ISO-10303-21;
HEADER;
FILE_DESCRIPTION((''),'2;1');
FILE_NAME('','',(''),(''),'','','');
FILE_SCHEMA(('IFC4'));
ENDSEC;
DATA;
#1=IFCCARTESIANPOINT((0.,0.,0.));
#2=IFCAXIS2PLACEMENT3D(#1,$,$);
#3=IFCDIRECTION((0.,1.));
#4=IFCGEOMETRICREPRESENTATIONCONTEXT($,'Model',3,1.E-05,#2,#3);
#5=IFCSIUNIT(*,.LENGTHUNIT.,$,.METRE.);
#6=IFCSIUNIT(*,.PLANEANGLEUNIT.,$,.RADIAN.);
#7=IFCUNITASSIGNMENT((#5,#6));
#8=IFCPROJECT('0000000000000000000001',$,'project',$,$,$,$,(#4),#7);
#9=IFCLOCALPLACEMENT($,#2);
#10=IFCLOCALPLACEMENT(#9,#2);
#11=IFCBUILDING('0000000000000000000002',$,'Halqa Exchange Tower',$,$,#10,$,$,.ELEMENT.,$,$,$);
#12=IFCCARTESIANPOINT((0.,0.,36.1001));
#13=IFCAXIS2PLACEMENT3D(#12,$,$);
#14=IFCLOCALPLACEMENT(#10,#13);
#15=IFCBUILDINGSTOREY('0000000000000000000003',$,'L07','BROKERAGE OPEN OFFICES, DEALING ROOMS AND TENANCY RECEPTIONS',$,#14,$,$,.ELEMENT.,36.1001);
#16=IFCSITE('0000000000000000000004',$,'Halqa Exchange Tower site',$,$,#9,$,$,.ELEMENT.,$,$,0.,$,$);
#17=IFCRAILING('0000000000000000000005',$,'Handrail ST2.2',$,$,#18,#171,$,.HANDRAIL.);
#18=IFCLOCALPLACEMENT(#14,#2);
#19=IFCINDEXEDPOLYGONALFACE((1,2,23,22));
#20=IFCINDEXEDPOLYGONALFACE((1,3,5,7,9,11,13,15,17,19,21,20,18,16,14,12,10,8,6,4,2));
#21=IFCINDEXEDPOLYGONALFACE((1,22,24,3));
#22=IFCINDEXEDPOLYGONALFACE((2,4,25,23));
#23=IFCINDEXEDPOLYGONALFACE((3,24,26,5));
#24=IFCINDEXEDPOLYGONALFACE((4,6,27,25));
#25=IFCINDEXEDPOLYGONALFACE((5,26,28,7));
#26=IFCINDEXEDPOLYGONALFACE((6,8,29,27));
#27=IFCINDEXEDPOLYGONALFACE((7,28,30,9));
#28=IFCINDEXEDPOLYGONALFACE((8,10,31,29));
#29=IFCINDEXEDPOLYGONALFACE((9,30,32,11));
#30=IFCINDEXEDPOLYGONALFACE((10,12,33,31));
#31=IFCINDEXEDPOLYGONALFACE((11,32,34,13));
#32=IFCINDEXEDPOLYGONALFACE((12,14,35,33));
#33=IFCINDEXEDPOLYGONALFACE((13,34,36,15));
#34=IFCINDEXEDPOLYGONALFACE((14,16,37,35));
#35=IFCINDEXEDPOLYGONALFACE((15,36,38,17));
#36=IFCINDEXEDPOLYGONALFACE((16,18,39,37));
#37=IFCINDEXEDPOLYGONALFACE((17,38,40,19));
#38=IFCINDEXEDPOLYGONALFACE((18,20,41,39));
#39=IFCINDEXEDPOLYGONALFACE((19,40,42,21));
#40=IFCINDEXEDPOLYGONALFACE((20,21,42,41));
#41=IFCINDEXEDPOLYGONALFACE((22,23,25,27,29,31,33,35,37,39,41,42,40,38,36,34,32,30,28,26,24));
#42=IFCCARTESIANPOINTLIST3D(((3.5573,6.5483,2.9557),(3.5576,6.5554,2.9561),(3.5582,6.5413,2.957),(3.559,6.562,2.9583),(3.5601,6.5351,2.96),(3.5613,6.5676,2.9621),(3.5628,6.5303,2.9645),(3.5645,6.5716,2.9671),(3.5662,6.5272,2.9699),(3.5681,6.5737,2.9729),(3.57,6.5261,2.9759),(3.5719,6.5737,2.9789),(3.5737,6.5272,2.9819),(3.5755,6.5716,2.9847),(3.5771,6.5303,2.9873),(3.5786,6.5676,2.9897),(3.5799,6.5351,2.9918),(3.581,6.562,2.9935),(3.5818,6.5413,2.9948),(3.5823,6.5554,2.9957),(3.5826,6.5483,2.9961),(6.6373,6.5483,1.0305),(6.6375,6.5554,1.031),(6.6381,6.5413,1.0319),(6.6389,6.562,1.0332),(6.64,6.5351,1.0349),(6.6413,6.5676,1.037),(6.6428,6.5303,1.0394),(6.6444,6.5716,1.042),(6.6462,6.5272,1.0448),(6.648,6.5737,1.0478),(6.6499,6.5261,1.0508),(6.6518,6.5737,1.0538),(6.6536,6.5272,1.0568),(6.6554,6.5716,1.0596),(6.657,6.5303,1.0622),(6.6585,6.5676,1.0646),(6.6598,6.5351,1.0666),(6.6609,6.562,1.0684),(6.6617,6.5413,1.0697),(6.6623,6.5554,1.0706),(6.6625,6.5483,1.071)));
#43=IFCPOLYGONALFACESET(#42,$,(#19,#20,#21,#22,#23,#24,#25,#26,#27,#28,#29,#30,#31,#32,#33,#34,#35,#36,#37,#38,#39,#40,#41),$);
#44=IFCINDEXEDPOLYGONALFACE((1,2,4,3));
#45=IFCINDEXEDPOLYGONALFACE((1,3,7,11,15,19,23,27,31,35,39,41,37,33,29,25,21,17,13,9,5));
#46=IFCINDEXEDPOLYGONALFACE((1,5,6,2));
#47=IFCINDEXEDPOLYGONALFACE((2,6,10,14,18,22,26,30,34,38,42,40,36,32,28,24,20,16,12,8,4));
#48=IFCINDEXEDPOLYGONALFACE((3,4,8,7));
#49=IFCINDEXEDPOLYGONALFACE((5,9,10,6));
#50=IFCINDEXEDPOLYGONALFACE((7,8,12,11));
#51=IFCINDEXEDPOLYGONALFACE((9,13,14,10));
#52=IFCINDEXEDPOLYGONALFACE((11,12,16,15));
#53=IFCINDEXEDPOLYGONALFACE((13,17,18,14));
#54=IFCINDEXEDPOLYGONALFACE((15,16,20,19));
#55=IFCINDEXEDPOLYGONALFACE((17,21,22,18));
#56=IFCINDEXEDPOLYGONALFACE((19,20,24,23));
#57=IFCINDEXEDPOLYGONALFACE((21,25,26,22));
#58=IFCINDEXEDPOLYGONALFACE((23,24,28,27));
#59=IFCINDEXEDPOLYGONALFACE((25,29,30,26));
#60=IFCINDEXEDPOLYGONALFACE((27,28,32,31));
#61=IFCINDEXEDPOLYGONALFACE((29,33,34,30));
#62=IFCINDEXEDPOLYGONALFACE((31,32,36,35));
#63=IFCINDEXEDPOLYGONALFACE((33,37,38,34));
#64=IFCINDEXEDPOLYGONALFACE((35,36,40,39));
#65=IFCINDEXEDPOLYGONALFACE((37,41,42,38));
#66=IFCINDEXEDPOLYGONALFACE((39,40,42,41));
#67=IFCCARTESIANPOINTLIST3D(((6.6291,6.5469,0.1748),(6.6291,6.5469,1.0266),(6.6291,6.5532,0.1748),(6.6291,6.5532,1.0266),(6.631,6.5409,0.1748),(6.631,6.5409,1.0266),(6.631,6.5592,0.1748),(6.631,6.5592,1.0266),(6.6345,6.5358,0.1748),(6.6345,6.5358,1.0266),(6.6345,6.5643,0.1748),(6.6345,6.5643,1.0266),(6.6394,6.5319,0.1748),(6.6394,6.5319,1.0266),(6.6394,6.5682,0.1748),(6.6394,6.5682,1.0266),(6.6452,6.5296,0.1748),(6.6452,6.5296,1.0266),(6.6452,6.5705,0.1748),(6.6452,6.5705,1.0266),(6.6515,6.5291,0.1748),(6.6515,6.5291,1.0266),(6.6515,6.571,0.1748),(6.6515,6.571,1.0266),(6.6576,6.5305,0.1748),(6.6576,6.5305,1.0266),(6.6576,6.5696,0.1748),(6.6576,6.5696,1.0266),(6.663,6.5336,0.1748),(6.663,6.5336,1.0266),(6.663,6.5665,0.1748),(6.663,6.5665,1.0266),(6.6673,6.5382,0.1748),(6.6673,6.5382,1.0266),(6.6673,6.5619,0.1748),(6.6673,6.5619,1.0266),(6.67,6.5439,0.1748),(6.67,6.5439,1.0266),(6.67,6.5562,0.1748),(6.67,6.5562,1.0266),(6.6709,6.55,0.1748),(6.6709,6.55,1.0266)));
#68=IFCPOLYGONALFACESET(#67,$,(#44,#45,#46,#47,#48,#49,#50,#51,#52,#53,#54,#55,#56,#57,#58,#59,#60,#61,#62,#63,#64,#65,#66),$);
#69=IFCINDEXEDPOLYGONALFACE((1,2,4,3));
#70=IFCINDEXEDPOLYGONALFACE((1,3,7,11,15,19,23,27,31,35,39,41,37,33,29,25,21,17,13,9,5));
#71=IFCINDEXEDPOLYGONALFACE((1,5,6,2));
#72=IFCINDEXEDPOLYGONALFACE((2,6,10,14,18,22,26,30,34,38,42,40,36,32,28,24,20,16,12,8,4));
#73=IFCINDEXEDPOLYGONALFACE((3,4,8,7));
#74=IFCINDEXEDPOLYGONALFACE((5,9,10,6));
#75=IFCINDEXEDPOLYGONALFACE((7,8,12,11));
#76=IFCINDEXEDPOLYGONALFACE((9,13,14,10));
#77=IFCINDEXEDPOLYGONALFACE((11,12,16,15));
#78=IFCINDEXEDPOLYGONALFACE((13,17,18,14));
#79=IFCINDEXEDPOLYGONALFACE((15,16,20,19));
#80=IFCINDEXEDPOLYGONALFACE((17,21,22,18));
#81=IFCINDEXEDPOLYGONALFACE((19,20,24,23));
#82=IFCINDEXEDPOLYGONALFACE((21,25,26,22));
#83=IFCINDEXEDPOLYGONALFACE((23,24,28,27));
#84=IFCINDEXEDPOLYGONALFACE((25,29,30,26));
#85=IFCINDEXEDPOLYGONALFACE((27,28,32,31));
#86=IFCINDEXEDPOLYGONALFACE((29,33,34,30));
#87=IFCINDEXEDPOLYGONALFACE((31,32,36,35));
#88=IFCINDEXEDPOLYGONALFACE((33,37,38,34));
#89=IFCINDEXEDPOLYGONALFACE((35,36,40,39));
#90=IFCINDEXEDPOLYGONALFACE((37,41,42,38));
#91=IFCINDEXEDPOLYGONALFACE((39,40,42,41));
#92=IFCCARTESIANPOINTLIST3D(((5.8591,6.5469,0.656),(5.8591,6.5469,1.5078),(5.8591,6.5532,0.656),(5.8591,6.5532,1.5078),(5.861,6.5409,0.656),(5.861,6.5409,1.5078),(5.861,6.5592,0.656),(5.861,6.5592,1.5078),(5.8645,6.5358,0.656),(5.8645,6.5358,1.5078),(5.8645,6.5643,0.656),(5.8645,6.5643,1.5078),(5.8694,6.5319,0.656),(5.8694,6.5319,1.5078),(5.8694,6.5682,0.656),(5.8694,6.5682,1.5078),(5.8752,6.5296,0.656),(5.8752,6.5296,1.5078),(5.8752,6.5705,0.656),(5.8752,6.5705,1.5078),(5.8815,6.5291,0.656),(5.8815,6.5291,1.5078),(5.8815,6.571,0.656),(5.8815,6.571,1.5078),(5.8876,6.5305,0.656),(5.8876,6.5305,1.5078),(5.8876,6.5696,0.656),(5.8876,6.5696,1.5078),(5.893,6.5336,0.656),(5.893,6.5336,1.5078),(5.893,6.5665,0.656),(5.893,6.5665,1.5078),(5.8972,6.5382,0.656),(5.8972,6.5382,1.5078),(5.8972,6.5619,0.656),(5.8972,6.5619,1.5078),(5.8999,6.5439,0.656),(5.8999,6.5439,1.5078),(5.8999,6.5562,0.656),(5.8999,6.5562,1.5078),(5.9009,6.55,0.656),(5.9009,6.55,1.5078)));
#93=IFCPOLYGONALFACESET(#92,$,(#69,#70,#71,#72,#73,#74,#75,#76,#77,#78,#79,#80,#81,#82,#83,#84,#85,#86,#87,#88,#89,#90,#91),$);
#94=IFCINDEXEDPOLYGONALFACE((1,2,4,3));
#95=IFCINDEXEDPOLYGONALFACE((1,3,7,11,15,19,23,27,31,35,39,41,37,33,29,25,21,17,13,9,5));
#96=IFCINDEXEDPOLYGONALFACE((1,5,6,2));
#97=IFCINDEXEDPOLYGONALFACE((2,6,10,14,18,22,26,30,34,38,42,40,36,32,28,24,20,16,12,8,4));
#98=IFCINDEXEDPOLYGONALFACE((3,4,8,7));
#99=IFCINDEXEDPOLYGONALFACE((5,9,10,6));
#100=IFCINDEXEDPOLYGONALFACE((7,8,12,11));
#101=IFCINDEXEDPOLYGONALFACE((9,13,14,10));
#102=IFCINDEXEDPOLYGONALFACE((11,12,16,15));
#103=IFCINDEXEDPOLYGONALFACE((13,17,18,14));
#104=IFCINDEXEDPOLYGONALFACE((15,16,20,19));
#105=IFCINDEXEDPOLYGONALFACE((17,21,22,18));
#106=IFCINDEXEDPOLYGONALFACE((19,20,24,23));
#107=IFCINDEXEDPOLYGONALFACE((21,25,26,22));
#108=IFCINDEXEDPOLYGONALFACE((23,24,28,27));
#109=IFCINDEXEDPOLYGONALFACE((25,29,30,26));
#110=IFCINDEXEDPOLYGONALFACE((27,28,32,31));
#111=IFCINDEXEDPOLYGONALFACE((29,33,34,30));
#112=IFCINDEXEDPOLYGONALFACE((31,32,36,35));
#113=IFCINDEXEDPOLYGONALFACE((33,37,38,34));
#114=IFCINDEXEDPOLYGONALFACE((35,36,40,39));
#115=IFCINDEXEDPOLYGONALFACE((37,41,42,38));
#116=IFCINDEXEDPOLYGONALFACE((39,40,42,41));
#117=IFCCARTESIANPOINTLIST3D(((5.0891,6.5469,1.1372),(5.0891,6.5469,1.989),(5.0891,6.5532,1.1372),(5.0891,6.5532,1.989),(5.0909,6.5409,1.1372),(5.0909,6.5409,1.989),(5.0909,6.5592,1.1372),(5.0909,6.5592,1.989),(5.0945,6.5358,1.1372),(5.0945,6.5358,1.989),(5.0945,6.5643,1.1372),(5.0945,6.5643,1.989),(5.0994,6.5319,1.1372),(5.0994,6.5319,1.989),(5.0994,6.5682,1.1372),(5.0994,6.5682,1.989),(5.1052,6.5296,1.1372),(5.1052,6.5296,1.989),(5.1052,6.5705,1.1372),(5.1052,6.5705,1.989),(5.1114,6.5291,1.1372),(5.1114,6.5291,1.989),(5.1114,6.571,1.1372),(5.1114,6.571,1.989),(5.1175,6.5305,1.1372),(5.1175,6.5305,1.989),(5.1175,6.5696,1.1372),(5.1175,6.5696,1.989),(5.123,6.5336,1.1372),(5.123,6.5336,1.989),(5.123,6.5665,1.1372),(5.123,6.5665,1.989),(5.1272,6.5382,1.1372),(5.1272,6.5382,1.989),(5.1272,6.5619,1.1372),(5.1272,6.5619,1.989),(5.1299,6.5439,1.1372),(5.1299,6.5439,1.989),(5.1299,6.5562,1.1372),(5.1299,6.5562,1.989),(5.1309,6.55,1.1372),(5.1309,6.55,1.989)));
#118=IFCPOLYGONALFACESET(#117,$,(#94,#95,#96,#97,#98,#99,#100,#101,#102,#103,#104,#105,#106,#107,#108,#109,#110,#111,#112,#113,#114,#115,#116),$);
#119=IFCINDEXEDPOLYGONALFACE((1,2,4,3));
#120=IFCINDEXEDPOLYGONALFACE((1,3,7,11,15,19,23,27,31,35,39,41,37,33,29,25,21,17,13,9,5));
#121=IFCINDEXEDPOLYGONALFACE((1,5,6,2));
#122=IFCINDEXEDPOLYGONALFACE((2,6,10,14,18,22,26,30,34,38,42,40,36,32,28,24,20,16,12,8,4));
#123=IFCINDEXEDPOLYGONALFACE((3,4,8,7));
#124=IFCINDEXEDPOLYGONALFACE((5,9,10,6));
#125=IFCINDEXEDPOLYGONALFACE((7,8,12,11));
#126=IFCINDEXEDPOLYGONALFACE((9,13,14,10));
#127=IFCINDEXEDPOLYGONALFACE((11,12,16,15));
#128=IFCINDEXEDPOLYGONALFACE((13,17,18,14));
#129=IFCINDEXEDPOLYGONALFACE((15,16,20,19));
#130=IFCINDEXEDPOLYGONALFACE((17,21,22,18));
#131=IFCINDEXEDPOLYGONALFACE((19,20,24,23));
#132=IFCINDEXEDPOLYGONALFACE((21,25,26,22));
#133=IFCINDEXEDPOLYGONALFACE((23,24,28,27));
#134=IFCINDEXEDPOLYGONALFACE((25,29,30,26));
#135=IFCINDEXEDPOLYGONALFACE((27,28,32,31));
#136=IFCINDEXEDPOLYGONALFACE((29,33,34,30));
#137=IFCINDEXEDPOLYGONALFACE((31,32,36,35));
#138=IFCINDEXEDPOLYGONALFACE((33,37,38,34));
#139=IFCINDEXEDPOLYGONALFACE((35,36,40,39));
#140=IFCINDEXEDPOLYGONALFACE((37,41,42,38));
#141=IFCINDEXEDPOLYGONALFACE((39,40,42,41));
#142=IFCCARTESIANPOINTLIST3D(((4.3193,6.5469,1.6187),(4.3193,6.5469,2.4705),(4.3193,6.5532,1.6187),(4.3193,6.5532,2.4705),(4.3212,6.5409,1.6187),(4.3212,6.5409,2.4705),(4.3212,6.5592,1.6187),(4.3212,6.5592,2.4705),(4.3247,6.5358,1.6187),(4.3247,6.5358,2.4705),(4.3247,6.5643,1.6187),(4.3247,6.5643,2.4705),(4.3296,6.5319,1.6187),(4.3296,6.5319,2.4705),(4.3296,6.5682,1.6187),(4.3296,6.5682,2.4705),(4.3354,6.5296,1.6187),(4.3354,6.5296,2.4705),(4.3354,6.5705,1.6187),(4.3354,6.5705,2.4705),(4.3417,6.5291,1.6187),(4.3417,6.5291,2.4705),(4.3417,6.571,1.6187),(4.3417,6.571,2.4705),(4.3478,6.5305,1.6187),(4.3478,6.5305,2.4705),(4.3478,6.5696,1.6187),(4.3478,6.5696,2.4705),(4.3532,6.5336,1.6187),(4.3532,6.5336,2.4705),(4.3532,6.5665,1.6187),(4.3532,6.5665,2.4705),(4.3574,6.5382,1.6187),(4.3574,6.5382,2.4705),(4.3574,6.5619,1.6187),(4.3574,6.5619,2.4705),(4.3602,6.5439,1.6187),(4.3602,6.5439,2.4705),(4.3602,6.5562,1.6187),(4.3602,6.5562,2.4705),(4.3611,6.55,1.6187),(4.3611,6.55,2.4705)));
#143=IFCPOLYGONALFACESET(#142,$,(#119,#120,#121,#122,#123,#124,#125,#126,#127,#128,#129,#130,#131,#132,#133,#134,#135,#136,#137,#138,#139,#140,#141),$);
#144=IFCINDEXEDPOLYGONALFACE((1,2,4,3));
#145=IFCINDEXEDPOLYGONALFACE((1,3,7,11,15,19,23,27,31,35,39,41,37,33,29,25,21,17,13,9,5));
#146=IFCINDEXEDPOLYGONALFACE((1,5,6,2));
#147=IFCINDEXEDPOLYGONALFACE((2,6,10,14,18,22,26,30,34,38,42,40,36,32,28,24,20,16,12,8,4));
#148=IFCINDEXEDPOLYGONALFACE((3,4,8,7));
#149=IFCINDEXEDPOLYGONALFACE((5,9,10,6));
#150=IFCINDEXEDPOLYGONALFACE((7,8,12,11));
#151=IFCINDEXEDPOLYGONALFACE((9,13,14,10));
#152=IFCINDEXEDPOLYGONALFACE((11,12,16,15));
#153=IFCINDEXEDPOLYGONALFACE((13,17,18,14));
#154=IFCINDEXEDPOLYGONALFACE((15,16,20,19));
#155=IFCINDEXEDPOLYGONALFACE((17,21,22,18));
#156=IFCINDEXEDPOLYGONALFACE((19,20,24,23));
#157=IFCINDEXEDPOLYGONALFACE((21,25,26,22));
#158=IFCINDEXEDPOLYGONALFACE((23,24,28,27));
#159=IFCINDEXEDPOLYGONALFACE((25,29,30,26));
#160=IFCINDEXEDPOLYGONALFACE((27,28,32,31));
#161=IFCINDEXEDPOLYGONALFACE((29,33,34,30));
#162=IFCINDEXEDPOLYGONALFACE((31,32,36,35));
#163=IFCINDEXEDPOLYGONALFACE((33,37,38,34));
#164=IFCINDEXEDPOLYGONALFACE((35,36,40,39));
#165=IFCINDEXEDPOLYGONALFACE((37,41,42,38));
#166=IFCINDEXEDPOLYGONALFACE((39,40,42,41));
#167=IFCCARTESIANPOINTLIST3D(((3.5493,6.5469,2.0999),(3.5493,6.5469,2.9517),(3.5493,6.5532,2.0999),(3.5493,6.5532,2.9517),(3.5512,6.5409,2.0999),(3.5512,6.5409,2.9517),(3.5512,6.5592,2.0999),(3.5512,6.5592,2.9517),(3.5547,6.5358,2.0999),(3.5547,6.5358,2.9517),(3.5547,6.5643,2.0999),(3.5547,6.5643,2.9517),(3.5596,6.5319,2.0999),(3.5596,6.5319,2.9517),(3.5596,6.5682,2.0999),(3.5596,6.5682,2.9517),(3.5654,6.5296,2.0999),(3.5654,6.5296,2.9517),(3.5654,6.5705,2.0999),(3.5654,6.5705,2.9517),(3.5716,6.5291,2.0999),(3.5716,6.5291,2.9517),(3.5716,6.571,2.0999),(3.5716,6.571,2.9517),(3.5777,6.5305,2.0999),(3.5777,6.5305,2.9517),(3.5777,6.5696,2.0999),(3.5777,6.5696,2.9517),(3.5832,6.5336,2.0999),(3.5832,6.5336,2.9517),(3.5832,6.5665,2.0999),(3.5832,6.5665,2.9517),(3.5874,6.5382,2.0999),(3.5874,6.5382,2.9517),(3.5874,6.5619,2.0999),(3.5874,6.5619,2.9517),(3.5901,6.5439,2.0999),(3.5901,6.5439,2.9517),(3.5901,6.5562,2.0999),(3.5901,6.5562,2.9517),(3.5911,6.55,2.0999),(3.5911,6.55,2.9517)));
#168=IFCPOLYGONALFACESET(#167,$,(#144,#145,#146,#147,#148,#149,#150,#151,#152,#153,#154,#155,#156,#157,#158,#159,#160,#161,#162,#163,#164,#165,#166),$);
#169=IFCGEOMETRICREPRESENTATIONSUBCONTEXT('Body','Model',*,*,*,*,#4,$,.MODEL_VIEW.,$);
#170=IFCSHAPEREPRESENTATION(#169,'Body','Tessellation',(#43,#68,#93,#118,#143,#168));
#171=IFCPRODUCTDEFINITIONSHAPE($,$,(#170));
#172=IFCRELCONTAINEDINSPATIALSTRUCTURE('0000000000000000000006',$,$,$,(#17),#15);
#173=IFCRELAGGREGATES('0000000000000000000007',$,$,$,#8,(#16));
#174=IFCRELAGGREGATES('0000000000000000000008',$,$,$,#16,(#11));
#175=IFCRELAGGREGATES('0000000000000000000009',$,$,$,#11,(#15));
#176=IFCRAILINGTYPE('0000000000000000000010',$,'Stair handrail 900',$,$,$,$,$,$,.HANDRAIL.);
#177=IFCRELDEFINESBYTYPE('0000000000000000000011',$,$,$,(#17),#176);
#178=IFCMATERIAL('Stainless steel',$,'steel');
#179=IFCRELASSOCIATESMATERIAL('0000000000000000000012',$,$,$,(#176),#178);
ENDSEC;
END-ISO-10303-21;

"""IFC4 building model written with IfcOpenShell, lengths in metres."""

from ifc_helpers import new_model, si_unit, direction, frame, origin, origin_2d, place, context, subcontext, project, spatial, circle, extrude, material, type_object, element, save


model = new_model("IFC4")

# Units and contexts
model_context = context("Model", 3, precision=1e-05, world=origin(), true_north=direction((0.0, 1.0)))
body_context = subcontext(model_context, "Body", "Model", "MODEL_VIEW")
ifc_project = project(units=[si_unit("LENGTHUNIT", "METRE"), si_unit("PLANEANGLEUNIT", "RADIAN")], contexts=[model_context])

# Site, building, storey
site_placement = place(None, origin())
site = spatial("IfcSite", under=ifc_project, at=site_placement, Name="Halqa Exchange Tower site", CompositionType="ELEMENT", RefElevation=0.0)
building_placement = place(site_placement, origin())
building = spatial("IfcBuilding", under=site, at=building_placement, Name="Halqa Exchange Tower", CompositionType="ELEMENT")
storey_placement = place(building_placement, frame((0.0, 0.0, 36.1001)))
storey = spatial("IfcBuildingStorey", under=building, at=storey_placement, Name="L07", Description="BROKERAGE OPEN OFFICES, DEALING ROOMS AND TENANCY RECEPTIONS", CompositionType="ELEMENT", Elevation=36.1001)

# Railing
ifc_material_1 = material(Name="Stainless steel", Category="steel")
railing_type_1 = type_object("IfcRailingType", Name="Stair handrail 900", PredefinedType="HANDRAIL", material=ifc_material_1)
railing_1_placement = place(storey_placement, frame((6.6499, 6.55, 0.1748)))
element("IfcRailing", 1, at=railing_1_placement, inside=storey, type_object=railing_type_1, Name="Handrail ST2.2", PredefinedType="HANDRAIL", context=body_context, shape_type="SweptSolid", body=[
    extrude(circle(Radius=0.0239, at=origin_2d()), frame((0.0, 0.0, 0.876), z_axis=(-0.847979, 0.0, 0.530029), x_axis=(0.0, -1.0, 0.0)), (0.0, 0.0, 1.0), 3.6321),
    extrude(circle(Radius=0.021, at=origin_2d()), origin(), (0.0, 0.0, 1.0), 0.8518),
    extrude(circle(Radius=0.021, at=origin_2d()), frame((-0.77, 0.0, 0.4812)), (0.0, 0.0, 1.0), 0.8518),
    extrude(circle(Radius=0.021, at=origin_2d()), frame((-1.54, 0.0, 0.9624)), (0.0, 0.0, 1.0), 0.8518),
    extrude(circle(Radius=0.021, at=origin_2d()), frame((-2.3098, 0.0, 1.4438)), (0.0, 0.0, 1.0), 0.8518),
    extrude(circle(Radius=0.021, at=origin_2d()), frame((-3.0798, 0.0, 1.925)), (0.0, 0.0, 1.0), 0.8518),
])

save(model, "model.ifc")
